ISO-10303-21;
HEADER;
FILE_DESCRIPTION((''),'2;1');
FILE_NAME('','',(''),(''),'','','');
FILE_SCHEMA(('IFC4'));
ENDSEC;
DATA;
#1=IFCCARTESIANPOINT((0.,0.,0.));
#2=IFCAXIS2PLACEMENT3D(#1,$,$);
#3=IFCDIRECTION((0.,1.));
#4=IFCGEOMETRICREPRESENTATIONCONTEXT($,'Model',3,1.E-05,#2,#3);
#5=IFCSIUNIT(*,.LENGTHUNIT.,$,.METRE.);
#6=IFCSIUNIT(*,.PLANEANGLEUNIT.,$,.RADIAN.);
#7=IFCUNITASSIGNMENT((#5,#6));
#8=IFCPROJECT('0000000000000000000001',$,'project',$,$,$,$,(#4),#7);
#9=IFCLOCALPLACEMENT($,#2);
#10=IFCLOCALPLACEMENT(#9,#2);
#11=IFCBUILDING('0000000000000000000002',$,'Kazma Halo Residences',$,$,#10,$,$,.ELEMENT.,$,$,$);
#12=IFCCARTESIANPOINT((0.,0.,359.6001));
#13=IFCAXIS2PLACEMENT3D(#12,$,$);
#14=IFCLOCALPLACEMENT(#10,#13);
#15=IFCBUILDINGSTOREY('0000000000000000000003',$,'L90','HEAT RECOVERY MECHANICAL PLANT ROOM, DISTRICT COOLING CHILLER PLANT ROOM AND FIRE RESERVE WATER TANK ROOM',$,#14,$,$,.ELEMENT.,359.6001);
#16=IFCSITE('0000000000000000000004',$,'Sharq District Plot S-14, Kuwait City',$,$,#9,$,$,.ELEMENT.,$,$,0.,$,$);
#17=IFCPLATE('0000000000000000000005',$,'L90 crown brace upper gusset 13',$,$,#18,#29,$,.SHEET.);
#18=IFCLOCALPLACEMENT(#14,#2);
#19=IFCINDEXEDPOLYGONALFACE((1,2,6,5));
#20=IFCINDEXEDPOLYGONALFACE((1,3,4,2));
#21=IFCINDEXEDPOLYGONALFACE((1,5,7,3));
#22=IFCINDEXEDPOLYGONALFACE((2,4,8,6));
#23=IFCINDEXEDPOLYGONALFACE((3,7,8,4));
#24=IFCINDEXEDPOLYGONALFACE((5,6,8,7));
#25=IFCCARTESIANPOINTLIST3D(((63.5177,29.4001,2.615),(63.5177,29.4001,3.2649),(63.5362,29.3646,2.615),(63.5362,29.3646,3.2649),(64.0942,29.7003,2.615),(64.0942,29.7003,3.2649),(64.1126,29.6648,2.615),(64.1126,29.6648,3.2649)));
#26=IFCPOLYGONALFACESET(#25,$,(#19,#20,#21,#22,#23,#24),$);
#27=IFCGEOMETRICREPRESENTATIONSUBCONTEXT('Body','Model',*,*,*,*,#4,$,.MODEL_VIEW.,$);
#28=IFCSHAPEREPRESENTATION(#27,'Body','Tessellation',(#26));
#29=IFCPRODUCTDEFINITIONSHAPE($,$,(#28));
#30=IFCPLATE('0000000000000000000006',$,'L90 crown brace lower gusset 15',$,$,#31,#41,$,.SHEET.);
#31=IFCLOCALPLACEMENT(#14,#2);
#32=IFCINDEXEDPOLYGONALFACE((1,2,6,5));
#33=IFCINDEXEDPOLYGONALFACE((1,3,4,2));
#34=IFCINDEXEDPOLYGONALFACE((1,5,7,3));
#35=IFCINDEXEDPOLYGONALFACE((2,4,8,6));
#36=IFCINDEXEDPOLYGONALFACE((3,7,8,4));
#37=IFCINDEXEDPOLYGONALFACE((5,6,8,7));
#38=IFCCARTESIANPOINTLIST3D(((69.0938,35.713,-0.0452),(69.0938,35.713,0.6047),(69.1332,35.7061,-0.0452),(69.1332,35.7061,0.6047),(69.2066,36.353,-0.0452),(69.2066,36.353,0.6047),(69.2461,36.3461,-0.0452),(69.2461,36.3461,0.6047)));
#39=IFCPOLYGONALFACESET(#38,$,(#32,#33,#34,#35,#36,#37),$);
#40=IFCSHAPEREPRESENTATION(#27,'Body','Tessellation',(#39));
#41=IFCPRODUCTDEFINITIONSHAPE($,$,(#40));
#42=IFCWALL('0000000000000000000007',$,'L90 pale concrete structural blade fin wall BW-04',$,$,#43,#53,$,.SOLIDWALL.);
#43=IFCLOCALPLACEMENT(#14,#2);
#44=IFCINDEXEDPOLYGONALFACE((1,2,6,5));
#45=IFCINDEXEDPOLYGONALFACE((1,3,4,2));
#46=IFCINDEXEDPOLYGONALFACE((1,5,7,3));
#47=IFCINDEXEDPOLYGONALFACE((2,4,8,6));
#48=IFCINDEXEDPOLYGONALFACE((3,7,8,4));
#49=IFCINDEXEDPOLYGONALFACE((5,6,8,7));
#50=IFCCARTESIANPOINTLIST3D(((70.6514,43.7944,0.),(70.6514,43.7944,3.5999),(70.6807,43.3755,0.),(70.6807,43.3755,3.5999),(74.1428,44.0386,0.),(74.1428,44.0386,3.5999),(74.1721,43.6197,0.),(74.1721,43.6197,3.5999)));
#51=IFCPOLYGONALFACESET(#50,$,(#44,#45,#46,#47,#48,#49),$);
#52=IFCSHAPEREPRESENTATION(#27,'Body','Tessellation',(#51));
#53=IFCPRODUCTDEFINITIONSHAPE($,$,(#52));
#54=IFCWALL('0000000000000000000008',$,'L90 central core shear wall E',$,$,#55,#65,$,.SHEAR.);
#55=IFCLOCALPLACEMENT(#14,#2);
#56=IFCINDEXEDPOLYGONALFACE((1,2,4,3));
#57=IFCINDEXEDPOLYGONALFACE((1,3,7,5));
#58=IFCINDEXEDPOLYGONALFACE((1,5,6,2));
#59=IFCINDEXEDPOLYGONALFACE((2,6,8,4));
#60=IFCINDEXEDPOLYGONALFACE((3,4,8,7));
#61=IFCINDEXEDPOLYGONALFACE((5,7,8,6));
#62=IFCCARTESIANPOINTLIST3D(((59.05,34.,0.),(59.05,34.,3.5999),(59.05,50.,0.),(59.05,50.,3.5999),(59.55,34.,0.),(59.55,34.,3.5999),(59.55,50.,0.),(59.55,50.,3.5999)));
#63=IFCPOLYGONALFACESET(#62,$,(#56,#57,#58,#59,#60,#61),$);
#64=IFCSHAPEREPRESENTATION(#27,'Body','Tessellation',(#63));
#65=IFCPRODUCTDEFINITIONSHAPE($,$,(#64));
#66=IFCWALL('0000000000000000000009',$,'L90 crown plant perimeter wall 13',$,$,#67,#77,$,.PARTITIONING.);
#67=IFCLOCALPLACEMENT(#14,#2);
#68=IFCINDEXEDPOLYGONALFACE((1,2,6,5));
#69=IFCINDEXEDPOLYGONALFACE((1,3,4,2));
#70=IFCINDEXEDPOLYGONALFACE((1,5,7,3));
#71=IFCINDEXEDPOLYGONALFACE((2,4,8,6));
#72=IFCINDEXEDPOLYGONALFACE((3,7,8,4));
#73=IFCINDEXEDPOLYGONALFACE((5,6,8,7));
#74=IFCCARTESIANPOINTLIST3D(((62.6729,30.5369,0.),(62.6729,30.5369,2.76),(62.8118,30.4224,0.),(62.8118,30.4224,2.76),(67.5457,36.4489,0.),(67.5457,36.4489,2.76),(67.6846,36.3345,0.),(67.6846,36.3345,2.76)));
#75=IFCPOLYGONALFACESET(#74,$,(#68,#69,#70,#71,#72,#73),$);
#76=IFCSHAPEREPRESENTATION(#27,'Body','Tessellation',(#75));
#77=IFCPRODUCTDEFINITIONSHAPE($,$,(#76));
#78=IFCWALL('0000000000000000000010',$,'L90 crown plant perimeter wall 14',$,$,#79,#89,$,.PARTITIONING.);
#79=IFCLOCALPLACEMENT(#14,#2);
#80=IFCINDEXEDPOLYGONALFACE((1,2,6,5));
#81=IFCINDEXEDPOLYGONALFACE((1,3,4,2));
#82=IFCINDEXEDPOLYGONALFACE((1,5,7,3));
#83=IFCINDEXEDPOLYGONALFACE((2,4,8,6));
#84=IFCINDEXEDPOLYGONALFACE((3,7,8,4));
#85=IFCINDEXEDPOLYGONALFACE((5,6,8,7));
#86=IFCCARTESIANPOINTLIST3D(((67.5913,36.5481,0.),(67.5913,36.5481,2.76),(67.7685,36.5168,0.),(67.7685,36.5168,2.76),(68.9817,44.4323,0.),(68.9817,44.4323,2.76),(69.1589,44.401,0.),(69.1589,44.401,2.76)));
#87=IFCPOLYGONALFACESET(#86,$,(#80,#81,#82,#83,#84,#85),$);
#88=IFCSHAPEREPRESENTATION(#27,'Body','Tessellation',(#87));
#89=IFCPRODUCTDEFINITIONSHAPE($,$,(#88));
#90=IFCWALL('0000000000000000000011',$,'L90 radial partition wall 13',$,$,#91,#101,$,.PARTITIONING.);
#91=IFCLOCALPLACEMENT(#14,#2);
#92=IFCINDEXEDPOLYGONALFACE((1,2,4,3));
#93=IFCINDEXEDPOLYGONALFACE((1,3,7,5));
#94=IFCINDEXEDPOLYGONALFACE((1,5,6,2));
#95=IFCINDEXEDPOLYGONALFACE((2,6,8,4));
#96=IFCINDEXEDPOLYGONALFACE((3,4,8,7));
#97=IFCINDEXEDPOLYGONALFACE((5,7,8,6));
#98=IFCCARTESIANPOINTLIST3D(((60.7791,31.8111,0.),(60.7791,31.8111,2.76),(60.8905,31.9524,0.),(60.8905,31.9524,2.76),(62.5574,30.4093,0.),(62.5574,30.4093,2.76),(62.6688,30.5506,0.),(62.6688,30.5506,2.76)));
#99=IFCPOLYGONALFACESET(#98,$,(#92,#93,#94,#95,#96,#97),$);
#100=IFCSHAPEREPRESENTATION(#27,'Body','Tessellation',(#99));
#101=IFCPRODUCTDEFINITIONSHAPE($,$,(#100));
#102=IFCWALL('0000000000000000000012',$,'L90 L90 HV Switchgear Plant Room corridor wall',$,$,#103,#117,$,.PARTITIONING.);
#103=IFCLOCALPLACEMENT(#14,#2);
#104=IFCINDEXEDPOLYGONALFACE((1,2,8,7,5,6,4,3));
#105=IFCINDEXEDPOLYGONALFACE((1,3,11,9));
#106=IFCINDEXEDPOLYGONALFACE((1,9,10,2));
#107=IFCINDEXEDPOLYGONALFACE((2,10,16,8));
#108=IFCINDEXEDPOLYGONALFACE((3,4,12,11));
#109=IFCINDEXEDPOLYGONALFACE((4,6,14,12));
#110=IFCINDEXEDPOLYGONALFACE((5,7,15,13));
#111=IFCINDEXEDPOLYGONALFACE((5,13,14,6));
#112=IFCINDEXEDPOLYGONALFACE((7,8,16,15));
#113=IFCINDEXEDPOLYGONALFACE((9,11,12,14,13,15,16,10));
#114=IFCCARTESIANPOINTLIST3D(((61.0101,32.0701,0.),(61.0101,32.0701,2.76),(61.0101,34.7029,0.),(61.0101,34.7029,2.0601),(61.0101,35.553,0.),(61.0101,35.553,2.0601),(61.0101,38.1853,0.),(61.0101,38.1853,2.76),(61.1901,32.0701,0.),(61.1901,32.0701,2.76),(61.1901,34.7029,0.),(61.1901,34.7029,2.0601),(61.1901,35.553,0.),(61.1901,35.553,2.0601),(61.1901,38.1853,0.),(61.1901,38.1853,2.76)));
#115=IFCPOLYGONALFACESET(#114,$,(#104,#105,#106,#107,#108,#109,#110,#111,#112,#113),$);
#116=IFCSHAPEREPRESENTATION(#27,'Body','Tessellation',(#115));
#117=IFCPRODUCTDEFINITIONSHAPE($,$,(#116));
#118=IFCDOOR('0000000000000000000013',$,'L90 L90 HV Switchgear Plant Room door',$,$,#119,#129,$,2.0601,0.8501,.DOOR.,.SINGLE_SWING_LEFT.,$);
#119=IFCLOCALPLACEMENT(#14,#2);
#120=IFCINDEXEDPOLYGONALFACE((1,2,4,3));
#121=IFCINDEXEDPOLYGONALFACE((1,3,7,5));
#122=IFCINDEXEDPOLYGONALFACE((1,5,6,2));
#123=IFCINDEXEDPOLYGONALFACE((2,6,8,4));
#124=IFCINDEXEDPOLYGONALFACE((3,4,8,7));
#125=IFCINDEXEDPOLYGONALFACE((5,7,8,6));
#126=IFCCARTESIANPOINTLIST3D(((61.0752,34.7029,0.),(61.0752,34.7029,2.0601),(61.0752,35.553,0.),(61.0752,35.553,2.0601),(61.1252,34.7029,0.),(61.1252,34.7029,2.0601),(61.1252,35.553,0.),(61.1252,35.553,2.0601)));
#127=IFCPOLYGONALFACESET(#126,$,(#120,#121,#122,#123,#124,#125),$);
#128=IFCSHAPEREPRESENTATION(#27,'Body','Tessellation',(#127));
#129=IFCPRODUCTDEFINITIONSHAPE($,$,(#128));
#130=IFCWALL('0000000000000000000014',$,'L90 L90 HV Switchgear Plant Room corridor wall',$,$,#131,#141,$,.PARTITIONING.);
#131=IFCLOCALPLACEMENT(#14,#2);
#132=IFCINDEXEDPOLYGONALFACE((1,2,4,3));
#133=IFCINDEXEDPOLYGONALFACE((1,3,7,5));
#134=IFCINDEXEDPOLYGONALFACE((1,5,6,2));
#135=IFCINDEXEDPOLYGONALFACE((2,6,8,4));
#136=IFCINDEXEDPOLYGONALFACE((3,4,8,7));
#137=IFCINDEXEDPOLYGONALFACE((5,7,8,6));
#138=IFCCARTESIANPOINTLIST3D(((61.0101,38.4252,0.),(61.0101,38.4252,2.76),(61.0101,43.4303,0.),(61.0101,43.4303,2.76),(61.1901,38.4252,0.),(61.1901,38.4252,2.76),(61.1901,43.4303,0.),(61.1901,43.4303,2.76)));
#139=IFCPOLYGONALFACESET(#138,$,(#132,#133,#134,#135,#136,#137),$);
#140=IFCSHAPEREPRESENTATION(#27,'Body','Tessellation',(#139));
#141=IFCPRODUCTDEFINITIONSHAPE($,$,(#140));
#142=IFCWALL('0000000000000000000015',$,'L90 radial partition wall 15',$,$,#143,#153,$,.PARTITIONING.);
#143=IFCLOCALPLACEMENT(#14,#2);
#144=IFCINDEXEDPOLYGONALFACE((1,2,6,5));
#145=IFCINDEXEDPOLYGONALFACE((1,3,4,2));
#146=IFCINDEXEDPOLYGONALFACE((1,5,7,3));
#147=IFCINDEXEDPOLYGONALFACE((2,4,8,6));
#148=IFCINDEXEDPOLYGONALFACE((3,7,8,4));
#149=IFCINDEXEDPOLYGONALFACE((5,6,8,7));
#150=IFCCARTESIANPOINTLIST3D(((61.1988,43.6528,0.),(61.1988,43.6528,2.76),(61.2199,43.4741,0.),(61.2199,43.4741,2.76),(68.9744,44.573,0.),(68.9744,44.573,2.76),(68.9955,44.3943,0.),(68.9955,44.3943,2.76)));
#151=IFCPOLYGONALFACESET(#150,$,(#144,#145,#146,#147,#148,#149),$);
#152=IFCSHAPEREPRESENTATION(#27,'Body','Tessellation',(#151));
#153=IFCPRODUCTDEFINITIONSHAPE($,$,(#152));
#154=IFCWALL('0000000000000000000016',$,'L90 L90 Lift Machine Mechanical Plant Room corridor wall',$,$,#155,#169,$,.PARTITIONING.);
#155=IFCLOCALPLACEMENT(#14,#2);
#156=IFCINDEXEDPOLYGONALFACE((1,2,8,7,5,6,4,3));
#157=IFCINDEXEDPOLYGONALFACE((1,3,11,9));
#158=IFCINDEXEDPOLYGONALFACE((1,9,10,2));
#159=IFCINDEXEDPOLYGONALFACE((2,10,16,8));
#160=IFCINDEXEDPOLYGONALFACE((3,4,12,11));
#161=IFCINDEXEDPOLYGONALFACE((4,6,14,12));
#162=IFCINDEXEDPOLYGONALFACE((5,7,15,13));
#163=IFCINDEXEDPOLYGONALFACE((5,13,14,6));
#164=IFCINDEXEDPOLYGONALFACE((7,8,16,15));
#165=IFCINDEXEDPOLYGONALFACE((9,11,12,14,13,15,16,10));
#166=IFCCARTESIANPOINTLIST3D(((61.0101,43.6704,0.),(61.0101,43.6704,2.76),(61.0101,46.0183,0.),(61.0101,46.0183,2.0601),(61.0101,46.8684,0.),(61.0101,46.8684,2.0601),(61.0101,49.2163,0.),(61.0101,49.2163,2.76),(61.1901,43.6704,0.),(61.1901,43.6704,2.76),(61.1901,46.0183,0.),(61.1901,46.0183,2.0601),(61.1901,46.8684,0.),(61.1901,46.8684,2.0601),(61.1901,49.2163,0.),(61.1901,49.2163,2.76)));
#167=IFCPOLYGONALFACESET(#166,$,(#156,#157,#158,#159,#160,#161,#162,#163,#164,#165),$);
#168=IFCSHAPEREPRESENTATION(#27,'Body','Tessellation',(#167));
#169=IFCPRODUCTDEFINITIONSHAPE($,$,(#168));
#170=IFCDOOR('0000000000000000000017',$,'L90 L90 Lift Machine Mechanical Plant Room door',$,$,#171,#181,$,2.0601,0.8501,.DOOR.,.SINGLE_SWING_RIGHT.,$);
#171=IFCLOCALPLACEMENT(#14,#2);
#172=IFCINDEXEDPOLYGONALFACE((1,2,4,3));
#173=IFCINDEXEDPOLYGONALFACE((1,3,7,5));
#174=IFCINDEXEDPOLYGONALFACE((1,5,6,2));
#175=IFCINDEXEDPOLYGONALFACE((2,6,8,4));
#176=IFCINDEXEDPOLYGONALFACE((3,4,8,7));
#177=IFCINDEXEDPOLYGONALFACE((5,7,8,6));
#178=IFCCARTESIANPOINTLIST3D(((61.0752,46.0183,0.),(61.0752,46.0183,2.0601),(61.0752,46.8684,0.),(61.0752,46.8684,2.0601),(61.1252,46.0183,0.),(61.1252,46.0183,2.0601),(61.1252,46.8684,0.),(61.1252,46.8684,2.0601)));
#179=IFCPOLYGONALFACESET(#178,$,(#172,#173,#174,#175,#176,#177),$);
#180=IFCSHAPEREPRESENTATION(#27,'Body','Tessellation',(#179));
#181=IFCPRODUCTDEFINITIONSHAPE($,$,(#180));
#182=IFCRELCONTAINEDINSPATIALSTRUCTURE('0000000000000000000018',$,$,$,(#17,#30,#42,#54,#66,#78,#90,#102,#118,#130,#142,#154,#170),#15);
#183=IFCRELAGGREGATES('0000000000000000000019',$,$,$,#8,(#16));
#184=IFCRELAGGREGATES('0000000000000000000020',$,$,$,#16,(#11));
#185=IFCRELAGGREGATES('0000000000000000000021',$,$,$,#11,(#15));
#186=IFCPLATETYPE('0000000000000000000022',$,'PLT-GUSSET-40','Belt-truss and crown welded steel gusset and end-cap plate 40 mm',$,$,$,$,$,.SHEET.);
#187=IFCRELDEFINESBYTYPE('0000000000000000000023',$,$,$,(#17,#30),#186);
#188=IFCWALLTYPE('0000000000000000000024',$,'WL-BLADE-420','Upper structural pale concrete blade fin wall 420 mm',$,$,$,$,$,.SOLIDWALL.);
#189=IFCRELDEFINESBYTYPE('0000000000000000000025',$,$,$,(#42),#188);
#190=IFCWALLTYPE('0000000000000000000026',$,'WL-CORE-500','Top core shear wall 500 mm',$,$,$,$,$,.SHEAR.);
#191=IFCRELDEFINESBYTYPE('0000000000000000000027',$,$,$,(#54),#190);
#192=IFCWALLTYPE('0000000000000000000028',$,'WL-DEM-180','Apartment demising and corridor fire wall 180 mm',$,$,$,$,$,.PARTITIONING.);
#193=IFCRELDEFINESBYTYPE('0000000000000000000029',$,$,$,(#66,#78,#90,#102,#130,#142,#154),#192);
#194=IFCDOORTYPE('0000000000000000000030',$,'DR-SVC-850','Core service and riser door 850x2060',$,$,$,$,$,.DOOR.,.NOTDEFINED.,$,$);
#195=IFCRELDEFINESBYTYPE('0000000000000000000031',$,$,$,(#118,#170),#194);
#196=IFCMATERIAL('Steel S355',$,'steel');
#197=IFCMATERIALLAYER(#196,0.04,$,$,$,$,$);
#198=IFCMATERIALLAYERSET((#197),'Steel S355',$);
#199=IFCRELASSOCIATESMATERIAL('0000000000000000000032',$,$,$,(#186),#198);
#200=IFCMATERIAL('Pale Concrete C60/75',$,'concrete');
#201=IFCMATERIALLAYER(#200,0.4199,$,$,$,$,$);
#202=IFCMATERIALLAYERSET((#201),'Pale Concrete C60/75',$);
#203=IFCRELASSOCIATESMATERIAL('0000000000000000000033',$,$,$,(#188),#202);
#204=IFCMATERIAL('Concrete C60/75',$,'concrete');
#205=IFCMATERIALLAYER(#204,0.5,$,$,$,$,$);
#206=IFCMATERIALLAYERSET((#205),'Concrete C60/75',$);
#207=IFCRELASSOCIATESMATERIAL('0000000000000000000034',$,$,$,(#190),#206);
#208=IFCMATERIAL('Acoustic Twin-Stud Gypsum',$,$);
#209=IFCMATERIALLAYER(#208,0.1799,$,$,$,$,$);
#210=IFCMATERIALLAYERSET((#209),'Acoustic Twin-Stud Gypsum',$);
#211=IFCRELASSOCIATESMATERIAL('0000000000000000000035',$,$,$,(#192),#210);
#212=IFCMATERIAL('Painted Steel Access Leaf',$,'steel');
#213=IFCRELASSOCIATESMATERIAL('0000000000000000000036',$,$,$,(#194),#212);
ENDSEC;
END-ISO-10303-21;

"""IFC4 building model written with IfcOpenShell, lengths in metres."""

from ifc_helpers import new_model, si_unit, direction, frame, frame_2d, origin, origin_2d, place, context, subcontext, project, spatial, rectangle, extrude, material, layer, layer_set, type_object, element, fill, save


model = new_model("IFC4")

# Units and contexts
model_context = context("Model", 3, precision=1e-05, world=origin(), true_north=direction((0.0, 1.0)))
body_context = subcontext(model_context, "Body", "Model", "MODEL_VIEW")
ifc_project = project(units=[si_unit("LENGTHUNIT", "METRE"), si_unit("PLANEANGLEUNIT", "RADIAN")], contexts=[model_context])

# Site, building, storey
site_placement = place(None, origin())
site = spatial("IfcSite", under=ifc_project, at=site_placement, Name="Sharq District Plot S-14, Kuwait City", CompositionType="ELEMENT", RefElevation=0.0)
building_placement = place(site_placement, origin())
building = spatial("IfcBuilding", under=site, at=building_placement, Name="Kazma Halo Residences", CompositionType="ELEMENT")
storey_placement = place(building_placement, frame((0.0, 0.0, 359.6001)))
storey = spatial("IfcBuildingStorey", under=building, at=storey_placement, Name="L90", Description="HEAT RECOVERY MECHANICAL PLANT ROOM, DISTRICT COOLING CHILLER PLANT ROOM AND FIRE RESERVE WATER TANK ROOM", CompositionType="ELEMENT", Elevation=359.6001)

# Shared definitions
ifc_material_1 = material(Name="Steel S355", Category="steel")

# Plates
ifc_layer_1 = layer(ifc_material_1, 0.04)
ifc_layer_set_1 = layer_set([ifc_layer_1], Name="Steel S355")
plate_type_1 = type_object("IfcPlateType", Name="PLT-GUSSET-40", Description="Belt-truss and crown welded steel gusset and end-cap plate 40 mm", PredefinedType="SHEET", material=ifc_layer_set_1)
for number, where, z_axis, x_axis, name in (
    (1, (63.8152, 29.5325, 2.615), (0.0, 0.0, 1.0), (0.88695, 0.461866, 0.0), "L90 crown brace upper gusset 13"),
    (2, (69.1699, 36.0295, -0.0452), (0.0, 0.0, 1.0), (0.173656, 0.984806, 0.0), "L90 crown brace lower gusset 15"),
):
    element("IfcPlate", number, at=place(storey_placement, frame(where, z_axis=z_axis, x_axis=x_axis)), inside=storey, type_object=plate_type_1, Name=name, PredefinedType="SHEET", context=body_context, shape_type="SweptSolid", body=[
        extrude(rectangle(XDim=0.6499, YDim=0.04, at=origin_2d()), origin(), (0.0, 0.0, 1.0), 0.6499),
    ])

# Walls
ifc_material_2 = material(Name="Pale Concrete C60/75", Category="concrete")
ifc_layer_2 = layer(ifc_material_2, 0.4199)
ifc_layer_set_2 = layer_set([ifc_layer_2], Name="Pale Concrete C60/75")
wall_type_1 = type_object("IfcWallType", Name="WL-BLADE-420", Description="Upper structural pale concrete blade fin wall 420 mm", PredefinedType="SOLIDWALL", material=ifc_layer_set_2)
wall_1_placement = place(storey_placement, frame((70.666, 43.585, 0.0), z_axis=(0.0, 0.0, 1.0), x_axis=(0.997564, 0.069755, 0.0)))
element("IfcWall", 3, at=wall_1_placement, inside=storey, type_object=wall_type_1, Name="L90 pale concrete structural blade fin wall BW-04", PredefinedType="SOLIDWALL", context=body_context, shape_type="SweptSolid", body=[
    extrude(rectangle(XDim=3.5, YDim=0.4199, at=frame_2d((1.75, 0.0))), origin(), (0.0, 0.0, 1.0), 3.5999),
])
ifc_material_3 = material(Name="Concrete C60/75", Category="concrete")
ifc_layer_3 = layer(ifc_material_3, 0.5)
ifc_layer_set_3 = layer_set([ifc_layer_3], Name="Concrete C60/75")
wall_type_2 = type_object("IfcWallType", Name="WL-CORE-500", Description="Top core shear wall 500 mm", PredefinedType="SHEAR", material=ifc_layer_set_3)
wall_2_placement = place(storey_placement, frame((59.3, 34.0, 0.0), z_axis=(0.0, 0.0, 1.0), x_axis=(0.0, 1.0, 0.0)))
element("IfcWall", 4, at=wall_2_placement, inside=storey, type_object=wall_type_2, Name="L90 central core shear wall E", PredefinedType="SHEAR", context=body_context, shape_type="SweptSolid", body=[
    extrude(rectangle(XDim=16.0, YDim=0.5, at=frame_2d((8.0, 0.0))), origin(), (0.0, 0.0, 1.0), 3.5999),
])
ifc_material_4 = material(Name="Acoustic Twin-Stud Gypsum")
ifc_layer_4 = layer(ifc_material_4, 0.1799)
ifc_layer_set_4 = layer_set([ifc_layer_4], Name="Acoustic Twin-Stud Gypsum")
wall_type_3 = type_object("IfcWallType", Name="WL-DEM-180", Description="Apartment demising and corridor fire wall 180 mm", PredefinedType="PARTITIONING", material=ifc_layer_set_4)
wall_3_placement = place(storey_placement, frame((62.7424, 30.4797, 0.0), z_axis=(0.0, 0.0, 1.0), x_axis=(0.636019, 0.771674, 0.0)))
element("IfcWall", 5, at=wall_3_placement, inside=storey, type_object=wall_type_3, Name="L90 crown plant perimeter wall 13", PredefinedType="PARTITIONING", context=body_context, shape_type="SweptSolid", body=[
    extrude(rectangle(XDim=7.6614, YDim=0.1799, at=frame_2d((3.8306, 0.0))), origin(), (0.0, 0.0, 1.0), 2.76),
])
wall_4_placement = place(storey_placement, frame((67.6799, 36.5325, 0.0), z_axis=(0.0, 0.0, 1.0), x_axis=(0.173669, 0.984804, 0.0)))
element("IfcWall", 6, at=wall_4_placement, inside=storey, type_object=wall_type_3, Name="L90 crown plant perimeter wall 14", PredefinedType="PARTITIONING", context=body_context, shape_type="SweptSolid", body=[
    extrude(rectangle(XDim=8.0059, YDim=0.1799, at=frame_2d((4.0029, 0.0))), origin(), (0.0, 0.0, 1.0), 2.76),
])
wall_5_placement = place(storey_placement, frame((60.8347, 31.8818, 0.0), z_axis=(0.0, 0.0, 1.0), x_axis=(0.78533, -0.619078, 0.0)))
element("IfcWall", 7, at=wall_5_placement, inside=storey, type_object=wall_type_3, Name="L90 radial partition wall 13", PredefinedType="PARTITIONING", context=body_context, shape_type="SweptSolid", body=[
    extrude(rectangle(XDim=2.2644, YDim=0.1799, at=frame_2d((1.1323, 0.0))), origin(), (0.0, 0.0, 1.0), 2.76),
])

# Wall, opening, door
wall_6_placement = place(storey_placement, frame((61.1001, 32.0701, 0.0), z_axis=(0.0, 0.0, 1.0), x_axis=(0.0, 1.0, 0.0)))
wall_6 = element("IfcWall", 8, at=wall_6_placement, inside=storey, type_object=wall_type_3, Name="L90 L90 HV Switchgear Plant Room corridor wall", PredefinedType="PARTITIONING", context=body_context, shape_type="SweptSolid", body=[
    extrude(rectangle(XDim=6.1152, YDim=0.1799, at=frame_2d((3.0576, 0.0))), origin(), (0.0, 0.0, 1.0), 2.76),
])
opening_1_placement = place(wall_6_placement, frame((2.6328, 0.0, 0.0)))
opening_1 = element("IfcOpeningElement", 9, at=opening_1_placement, cuts=wall_6, PredefinedType="OPENING", context=body_context, shape_type="SweptSolid", body=[
    extrude(rectangle(XDim=0.8501, YDim=2.0601, at=frame_2d((0.425, 1.03))), frame((0.0, 0.0999, 0.0), z_axis=(0.0, -1.0, 0.0), x_axis=(1.0, 0.0, 0.0)), (0.0, 0.0, 1.0), 0.2),
])
ifc_material_5 = material(Name="Painted Steel Access Leaf", Category="steel")
door_type = type_object("IfcDoorType", Name="DR-SVC-850", Description="Core service and riser door 850x2060", OperationType="NOTDEFINED", PredefinedType="DOOR", material=ifc_material_5)
door_1_placement = place(opening_1_placement, origin())
door_1 = element("IfcDoor", 10, at=door_1_placement, inside=storey, type_object=door_type, Name="L90 L90 HV Switchgear Plant Room door", OperationType="SINGLE_SWING_LEFT", OverallHeight=2.0601, OverallWidth=0.8501, PredefinedType="DOOR", context=body_context, shape_type="SweptSolid", body=[
    extrude(rectangle(XDim=0.8501, YDim=2.0601, at=frame_2d((0.425, 1.03))), frame((0.0, 0.0249, 0.0), z_axis=(0.0, -1.0, 0.0), x_axis=(1.0, 0.0, 0.0)), (0.0, 0.0, 1.0), 0.05),
])
fill(opening_1, door_1)

# Walls
wall_7_placement = place(storey_placement, frame((61.1001, 38.4253, 0.0), z_axis=(0.0, 0.0, 1.0), x_axis=(0.0, 1.0, 0.0)))
element("IfcWall", 11, at=wall_7_placement, inside=storey, type_object=wall_type_3, Name="L90 L90 HV Switchgear Plant Room corridor wall", PredefinedType="PARTITIONING", context=body_context, shape_type="SweptSolid", body=[
    extrude(rectangle(XDim=5.0051, YDim=0.1799, at=frame_2d((2.5024, 0.0))), origin(), (0.0, 0.0, 1.0), 2.76),
])
wall_8_placement = place(storey_placement, frame((61.2092, 43.5635, 0.0), z_axis=(0.0, 0.0, 1.0), x_axis=(0.993071, 0.11752, 0.0)))
element("IfcWall", 12, at=wall_8_placement, inside=storey, type_object=wall_type_3, Name="L90 radial partition wall 15", PredefinedType="PARTITIONING", context=body_context, shape_type="SweptSolid", body=[
    extrude(rectangle(XDim=7.8298, YDim=0.1799, at=frame_2d((3.915, 0.0))), origin(), (0.0, 0.0, 1.0), 2.76),
])

# Wall, opening, door
wall_9_placement = place(storey_placement, frame((61.1001, 43.6704, 0.0), z_axis=(0.0, 0.0, 1.0), x_axis=(0.0, 1.0, 0.0)))
wall_9 = element("IfcWall", 13, at=wall_9_placement, inside=storey, type_object=wall_type_3, Name="L90 L90 Lift Machine Mechanical Plant Room corridor wall", PredefinedType="PARTITIONING", context=body_context, shape_type="SweptSolid", body=[
    extrude(rectangle(XDim=5.5459, YDim=0.1799, at=frame_2d((2.7729, 0.0))), origin(), (0.0, 0.0, 1.0), 2.76),
])
opening_2_placement = place(wall_9_placement, frame((2.3479, 0.0, 0.0)))
opening_2 = element("IfcOpeningElement", 14, at=opening_2_placement, cuts=wall_9, PredefinedType="OPENING", context=body_context, shape_type="SweptSolid", body=[
    extrude(rectangle(XDim=0.8501, YDim=2.0601, at=frame_2d((0.425, 1.03))), frame((0.0, 0.0999, 0.0), z_axis=(0.0, -1.0, 0.0), x_axis=(1.0, 0.0, 0.0)), (0.0, 0.0, 1.0), 0.2),
])
door_2_placement = place(opening_2_placement, origin())
door_2 = element("IfcDoor", 15, at=door_2_placement, inside=storey, type_object=door_type, Name="L90 L90 Lift Machine Mechanical Plant Room door", OperationType="SINGLE_SWING_RIGHT", OverallHeight=2.0601, OverallWidth=0.8501, PredefinedType="DOOR", context=body_context, shape_type="SweptSolid", body=[
    extrude(rectangle(XDim=0.8501, YDim=2.0601, at=frame_2d((0.425, 1.03))), frame((0.0, 0.0249, 0.0), z_axis=(0.0, -1.0, 0.0), x_axis=(1.0, 0.0, 0.0)), (0.0, 0.0, 1.0), 0.05),
])
fill(opening_2, door_2)

save(model, "model.ifc")
